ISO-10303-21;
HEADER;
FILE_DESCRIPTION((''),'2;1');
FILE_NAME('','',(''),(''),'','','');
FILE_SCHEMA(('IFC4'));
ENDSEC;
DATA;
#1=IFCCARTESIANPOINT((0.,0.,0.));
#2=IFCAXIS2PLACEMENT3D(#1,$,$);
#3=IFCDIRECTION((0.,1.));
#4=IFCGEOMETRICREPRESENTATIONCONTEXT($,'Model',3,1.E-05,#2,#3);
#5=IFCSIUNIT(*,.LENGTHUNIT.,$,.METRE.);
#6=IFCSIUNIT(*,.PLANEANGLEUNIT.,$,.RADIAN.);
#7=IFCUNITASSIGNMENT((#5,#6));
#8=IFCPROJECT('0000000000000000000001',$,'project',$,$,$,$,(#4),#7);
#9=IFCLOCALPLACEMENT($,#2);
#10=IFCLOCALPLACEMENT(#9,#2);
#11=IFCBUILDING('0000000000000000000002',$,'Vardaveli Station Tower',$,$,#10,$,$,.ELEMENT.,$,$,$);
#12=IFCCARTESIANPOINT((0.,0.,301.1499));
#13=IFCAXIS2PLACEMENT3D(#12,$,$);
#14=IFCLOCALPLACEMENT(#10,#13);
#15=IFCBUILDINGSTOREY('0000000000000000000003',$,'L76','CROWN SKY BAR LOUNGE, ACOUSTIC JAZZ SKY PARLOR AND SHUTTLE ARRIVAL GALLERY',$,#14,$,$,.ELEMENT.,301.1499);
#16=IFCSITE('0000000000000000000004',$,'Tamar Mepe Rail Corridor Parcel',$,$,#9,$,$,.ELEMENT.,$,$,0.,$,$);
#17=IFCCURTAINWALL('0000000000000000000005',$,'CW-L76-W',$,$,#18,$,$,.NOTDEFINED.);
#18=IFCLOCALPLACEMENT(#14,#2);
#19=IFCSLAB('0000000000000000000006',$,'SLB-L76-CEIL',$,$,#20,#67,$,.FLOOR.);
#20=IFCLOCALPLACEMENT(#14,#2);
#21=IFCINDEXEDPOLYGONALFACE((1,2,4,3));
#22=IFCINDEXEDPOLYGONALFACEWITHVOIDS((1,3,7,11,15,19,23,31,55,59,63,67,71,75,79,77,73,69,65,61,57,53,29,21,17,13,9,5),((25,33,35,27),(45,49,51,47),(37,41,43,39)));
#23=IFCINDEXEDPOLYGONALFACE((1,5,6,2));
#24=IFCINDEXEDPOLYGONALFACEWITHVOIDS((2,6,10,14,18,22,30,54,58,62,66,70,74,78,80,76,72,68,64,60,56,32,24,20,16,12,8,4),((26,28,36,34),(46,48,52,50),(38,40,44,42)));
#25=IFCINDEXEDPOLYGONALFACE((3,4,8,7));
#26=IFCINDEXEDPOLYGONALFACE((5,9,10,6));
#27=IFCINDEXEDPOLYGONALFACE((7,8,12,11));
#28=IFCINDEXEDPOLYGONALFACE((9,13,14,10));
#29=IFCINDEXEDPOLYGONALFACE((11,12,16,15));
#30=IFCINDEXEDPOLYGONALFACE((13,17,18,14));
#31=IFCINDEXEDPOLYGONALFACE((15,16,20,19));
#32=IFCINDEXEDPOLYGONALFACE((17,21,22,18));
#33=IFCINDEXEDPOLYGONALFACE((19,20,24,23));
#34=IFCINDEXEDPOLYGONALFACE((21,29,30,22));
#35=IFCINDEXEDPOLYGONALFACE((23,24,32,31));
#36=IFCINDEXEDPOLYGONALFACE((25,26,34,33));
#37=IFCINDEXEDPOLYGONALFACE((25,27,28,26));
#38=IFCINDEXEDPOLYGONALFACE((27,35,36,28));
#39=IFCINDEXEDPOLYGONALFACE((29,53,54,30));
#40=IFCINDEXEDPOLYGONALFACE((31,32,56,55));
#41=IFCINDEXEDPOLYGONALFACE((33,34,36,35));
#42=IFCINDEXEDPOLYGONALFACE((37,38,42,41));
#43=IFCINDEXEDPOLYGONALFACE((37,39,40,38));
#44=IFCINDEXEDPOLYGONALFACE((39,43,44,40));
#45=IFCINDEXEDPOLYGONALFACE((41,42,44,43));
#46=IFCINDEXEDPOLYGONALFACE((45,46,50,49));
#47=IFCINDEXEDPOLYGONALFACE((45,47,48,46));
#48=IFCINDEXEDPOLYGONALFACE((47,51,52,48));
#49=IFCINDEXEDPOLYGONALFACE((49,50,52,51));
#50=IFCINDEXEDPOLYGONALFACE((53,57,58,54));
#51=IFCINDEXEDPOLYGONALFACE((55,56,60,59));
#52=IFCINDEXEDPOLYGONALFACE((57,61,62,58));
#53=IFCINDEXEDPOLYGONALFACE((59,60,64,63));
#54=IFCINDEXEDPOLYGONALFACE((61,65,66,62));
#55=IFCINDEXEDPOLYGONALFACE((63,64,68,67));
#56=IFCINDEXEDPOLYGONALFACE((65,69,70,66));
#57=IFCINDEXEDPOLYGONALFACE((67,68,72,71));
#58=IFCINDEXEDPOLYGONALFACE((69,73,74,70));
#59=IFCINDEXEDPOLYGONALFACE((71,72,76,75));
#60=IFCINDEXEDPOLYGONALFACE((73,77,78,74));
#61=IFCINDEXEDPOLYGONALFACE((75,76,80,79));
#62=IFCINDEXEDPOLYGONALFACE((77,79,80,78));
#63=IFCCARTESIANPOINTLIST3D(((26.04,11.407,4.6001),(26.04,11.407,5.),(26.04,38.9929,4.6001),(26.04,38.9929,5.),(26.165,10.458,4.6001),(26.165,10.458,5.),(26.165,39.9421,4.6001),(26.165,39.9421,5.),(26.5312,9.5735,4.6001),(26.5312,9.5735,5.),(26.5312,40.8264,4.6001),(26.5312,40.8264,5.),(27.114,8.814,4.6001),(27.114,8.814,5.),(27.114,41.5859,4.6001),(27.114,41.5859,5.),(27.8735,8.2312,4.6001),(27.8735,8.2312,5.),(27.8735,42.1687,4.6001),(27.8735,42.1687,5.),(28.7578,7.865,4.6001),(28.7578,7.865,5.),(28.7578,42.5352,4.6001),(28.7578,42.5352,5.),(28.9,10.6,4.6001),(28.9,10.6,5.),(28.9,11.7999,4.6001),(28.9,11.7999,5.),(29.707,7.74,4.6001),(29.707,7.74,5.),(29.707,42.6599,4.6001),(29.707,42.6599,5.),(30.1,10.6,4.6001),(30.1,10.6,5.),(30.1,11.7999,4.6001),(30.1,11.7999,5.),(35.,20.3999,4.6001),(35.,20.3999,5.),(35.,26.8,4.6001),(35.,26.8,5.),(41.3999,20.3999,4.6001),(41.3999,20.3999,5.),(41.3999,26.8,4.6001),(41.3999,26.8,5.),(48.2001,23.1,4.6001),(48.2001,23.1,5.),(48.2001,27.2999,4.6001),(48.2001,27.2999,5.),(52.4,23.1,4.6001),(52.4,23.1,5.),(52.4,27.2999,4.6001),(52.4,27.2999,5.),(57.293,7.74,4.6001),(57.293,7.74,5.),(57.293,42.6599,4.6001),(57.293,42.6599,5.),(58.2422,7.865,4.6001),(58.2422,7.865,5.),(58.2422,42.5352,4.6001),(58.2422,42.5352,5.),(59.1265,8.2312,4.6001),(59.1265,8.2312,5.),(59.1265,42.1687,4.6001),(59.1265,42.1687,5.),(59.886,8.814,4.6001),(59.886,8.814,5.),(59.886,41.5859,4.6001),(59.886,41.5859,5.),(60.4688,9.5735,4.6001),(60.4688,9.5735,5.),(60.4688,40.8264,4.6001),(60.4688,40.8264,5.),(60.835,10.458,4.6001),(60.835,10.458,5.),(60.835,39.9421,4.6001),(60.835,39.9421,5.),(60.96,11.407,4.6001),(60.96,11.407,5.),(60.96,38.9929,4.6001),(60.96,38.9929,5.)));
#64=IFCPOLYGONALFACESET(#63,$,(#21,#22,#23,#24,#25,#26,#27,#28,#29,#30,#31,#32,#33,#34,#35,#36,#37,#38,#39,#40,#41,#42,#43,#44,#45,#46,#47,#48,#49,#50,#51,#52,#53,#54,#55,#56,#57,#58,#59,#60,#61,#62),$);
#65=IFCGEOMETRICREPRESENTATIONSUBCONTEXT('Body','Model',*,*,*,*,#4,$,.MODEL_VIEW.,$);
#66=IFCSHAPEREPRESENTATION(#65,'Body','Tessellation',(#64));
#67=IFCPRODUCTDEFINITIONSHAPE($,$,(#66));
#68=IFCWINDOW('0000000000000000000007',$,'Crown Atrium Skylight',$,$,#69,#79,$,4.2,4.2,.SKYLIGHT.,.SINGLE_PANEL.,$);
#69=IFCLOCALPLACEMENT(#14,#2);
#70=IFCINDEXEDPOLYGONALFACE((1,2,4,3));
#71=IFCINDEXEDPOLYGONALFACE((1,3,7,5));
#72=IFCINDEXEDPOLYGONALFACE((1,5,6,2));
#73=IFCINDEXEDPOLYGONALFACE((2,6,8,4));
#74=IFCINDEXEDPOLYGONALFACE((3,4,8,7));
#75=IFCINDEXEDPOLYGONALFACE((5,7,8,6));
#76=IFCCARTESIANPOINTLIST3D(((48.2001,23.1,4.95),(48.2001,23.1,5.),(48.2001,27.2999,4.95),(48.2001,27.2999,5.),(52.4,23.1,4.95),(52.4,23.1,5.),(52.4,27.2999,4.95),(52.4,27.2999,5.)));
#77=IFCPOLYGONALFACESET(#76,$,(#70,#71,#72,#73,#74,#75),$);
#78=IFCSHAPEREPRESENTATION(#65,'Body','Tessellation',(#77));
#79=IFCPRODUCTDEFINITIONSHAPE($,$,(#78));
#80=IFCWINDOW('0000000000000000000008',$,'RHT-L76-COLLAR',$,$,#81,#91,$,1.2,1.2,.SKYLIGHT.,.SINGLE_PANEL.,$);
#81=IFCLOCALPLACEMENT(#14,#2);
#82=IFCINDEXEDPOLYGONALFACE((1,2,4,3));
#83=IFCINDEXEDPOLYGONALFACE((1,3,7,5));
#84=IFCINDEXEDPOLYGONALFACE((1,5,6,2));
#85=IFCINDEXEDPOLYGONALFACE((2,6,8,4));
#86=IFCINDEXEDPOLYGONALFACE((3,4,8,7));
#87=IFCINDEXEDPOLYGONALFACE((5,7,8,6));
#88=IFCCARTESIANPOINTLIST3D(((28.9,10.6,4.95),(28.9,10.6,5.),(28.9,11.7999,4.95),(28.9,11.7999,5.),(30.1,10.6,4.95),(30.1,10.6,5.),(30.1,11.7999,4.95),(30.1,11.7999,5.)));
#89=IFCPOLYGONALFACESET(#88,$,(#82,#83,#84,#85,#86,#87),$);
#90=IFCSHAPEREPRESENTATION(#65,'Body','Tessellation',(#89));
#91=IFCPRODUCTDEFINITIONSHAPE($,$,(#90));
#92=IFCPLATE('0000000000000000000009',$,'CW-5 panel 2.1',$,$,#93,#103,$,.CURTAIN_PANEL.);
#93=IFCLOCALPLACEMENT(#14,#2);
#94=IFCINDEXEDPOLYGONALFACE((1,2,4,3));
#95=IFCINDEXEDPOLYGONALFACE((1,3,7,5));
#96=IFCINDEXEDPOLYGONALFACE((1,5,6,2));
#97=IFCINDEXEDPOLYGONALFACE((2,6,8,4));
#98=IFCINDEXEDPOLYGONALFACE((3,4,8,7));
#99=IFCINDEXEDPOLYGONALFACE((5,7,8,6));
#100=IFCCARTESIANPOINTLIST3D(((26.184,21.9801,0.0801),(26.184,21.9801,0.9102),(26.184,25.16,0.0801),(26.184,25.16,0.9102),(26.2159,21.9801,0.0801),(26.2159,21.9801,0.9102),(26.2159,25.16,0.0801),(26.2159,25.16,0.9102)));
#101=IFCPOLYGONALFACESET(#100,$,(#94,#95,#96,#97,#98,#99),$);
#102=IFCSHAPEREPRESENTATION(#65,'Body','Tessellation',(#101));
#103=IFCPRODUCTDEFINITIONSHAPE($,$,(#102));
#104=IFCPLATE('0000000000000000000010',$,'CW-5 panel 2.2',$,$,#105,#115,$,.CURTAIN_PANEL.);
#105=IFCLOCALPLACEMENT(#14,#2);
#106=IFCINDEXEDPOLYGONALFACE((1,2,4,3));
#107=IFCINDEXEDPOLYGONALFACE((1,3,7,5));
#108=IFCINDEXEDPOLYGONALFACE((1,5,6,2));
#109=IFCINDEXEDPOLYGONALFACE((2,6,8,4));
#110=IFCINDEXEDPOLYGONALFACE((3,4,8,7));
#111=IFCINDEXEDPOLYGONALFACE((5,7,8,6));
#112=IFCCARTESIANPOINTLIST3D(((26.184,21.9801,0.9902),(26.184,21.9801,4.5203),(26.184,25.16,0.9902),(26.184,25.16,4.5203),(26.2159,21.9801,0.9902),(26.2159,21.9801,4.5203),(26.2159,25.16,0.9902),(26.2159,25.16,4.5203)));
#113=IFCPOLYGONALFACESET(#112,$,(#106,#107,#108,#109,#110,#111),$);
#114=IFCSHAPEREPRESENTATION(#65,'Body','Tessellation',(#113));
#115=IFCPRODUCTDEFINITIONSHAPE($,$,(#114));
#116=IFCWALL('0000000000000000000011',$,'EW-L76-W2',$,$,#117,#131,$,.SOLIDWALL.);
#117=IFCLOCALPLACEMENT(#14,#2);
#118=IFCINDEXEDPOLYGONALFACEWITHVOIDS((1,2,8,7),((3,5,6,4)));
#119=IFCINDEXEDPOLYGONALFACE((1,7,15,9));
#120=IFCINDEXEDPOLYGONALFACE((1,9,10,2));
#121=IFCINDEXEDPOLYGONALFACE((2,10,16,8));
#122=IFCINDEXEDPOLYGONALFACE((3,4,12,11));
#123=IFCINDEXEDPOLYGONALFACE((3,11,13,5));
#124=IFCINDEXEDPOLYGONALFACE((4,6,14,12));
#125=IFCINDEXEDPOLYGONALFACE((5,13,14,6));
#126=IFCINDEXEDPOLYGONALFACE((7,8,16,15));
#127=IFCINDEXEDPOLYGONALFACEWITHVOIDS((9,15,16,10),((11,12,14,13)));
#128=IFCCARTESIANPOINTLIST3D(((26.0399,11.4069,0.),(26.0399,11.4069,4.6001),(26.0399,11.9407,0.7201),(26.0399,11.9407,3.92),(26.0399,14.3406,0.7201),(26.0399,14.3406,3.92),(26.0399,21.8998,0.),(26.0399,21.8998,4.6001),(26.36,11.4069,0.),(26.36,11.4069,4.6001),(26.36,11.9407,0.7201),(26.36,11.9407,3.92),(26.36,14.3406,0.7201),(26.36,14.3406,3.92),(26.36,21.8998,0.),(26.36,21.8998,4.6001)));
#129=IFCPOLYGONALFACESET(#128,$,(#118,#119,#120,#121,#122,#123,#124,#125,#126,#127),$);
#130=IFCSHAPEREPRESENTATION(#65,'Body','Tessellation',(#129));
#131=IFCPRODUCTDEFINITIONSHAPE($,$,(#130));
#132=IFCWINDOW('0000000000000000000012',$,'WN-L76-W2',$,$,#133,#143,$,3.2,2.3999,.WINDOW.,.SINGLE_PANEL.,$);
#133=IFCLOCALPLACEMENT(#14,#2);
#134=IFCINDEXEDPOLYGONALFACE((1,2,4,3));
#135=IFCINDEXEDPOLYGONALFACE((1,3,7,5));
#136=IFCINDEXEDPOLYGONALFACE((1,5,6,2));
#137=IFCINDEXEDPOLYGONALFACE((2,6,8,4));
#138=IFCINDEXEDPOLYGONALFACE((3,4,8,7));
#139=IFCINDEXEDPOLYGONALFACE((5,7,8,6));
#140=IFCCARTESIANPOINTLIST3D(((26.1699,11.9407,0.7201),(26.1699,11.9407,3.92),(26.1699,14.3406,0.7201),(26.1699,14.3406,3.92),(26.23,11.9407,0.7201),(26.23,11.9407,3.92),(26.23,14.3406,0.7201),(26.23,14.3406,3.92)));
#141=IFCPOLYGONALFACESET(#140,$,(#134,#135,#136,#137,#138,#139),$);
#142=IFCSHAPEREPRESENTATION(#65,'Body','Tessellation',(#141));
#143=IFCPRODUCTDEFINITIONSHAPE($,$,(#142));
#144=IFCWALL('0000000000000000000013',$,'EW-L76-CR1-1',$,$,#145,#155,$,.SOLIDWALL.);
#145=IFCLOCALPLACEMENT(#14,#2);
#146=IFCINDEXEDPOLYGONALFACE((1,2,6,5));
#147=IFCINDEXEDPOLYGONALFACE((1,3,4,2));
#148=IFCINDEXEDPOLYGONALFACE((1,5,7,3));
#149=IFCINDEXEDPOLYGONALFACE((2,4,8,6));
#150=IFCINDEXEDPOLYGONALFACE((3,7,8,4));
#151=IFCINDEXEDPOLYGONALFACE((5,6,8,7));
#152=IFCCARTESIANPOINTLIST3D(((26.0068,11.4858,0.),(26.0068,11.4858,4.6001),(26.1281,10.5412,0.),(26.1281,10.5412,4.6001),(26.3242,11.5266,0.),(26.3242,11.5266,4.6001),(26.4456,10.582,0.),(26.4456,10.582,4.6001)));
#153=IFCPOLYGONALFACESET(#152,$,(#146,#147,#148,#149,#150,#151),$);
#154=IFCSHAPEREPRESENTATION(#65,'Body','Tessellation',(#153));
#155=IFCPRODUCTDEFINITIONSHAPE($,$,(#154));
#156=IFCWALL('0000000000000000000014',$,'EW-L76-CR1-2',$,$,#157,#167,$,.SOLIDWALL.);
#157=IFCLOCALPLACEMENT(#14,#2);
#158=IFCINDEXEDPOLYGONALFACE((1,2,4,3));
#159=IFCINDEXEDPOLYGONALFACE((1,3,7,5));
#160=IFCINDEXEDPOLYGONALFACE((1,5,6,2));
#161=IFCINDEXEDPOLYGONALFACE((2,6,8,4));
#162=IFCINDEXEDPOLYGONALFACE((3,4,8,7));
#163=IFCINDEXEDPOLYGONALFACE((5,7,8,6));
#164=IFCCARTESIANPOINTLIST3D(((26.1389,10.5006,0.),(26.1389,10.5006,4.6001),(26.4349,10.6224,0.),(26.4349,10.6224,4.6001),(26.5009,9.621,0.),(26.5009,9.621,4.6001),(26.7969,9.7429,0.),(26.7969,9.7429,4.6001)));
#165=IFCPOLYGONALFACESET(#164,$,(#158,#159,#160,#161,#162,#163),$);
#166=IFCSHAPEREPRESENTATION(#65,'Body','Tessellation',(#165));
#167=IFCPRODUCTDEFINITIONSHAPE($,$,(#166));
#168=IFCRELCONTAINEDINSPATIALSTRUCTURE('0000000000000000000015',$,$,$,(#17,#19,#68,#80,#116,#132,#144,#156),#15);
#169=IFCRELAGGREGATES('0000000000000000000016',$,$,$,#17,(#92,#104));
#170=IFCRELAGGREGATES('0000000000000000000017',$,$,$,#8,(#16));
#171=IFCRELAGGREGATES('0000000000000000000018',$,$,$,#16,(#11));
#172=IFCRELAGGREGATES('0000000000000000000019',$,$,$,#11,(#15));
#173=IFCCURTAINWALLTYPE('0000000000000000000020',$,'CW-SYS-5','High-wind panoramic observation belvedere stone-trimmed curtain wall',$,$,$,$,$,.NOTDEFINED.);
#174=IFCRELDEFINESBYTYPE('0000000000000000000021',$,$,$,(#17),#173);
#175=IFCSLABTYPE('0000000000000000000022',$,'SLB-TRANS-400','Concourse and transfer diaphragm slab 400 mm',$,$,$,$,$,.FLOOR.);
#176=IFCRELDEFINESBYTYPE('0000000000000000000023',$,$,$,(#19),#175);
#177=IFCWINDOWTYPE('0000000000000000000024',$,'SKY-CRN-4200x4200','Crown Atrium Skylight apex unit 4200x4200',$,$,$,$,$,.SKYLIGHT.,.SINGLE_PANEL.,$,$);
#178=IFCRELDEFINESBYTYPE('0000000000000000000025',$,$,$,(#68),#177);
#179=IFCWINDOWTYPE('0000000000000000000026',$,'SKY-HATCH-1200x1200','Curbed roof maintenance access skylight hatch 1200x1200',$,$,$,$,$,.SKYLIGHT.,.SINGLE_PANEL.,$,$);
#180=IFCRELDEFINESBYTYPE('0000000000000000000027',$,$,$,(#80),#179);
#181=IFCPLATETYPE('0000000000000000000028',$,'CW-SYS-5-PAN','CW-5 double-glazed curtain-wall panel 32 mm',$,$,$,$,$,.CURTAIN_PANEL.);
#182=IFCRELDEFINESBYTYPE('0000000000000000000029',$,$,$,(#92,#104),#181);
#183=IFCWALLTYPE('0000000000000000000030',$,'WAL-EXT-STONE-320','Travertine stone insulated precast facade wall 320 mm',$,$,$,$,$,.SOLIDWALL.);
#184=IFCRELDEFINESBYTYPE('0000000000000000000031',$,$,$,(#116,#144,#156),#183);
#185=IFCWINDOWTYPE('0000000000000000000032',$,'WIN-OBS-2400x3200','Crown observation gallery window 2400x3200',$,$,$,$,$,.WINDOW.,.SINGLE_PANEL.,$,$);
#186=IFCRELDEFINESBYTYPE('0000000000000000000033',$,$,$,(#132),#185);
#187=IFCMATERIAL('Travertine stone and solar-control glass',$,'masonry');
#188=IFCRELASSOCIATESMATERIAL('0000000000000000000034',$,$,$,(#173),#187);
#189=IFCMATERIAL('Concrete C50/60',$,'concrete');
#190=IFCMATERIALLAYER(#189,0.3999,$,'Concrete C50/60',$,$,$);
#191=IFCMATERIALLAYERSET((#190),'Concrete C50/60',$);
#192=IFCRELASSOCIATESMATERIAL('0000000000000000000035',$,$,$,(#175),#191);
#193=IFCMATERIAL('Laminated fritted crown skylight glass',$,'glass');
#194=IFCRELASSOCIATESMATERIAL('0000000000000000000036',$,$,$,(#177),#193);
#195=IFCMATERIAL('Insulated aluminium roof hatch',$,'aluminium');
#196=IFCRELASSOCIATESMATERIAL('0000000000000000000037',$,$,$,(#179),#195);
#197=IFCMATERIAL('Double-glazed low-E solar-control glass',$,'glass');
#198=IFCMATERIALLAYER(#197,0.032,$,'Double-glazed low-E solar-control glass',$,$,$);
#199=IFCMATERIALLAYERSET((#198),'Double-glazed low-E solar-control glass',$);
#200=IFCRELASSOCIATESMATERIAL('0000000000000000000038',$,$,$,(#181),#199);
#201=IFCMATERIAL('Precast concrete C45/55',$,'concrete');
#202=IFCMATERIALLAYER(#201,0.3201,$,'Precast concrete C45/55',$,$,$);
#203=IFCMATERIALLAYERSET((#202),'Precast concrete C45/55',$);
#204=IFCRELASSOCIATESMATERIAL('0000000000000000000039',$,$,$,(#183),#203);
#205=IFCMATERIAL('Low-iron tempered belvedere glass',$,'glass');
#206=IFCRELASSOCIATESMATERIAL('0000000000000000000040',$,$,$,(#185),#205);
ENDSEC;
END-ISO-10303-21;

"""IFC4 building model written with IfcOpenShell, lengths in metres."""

from ifc_helpers import new_model, si_unit, direction, frame, frame_2d, origin, origin_2d, place, context, subcontext, project, spatial, polyline, rectangle, outline, extrude, source, transform, mapped, material, layer, layer_set, type_object, element, fill, aggregate, save


model = new_model("IFC4")

# Units and contexts
model_context = context("Model", 3, precision=1e-05, world=origin(), true_north=direction((0.0, 1.0)))
body_context = subcontext(model_context, "Body", "Model", "MODEL_VIEW")
ifc_project = project(units=[si_unit("LENGTHUNIT", "METRE"), si_unit("PLANEANGLEUNIT", "RADIAN")], contexts=[model_context])

# Site, building, storey
site_placement = place(None, origin())
site = spatial("IfcSite", under=ifc_project, at=site_placement, Name="Tamar Mepe Rail Corridor Parcel", CompositionType="ELEMENT", RefElevation=0.0)
building_placement = place(site_placement, origin())
building = spatial("IfcBuilding", under=site, at=building_placement, Name="Vardaveli Station Tower", CompositionType="ELEMENT")
storey_placement = place(building_placement, frame((0.0, 0.0, 301.1499)))
storey = spatial("IfcBuildingStorey", under=building, at=storey_placement, Name="L76", Description="CROWN SKY BAR LOUNGE, ACOUSTIC JAZZ SKY PARLOR AND SHUTTLE ARRIVAL GALLERY", CompositionType="ELEMENT", Elevation=301.1499)

# Curtain wall
ifc_material_1 = material(Name="Travertine stone and solar-control glass", Category="masonry")
curtain_wall_type = type_object("IfcCurtainWallType", Name="CW-SYS-5", Description="High-wind panoramic observation belvedere stone-trimmed curtain wall", PredefinedType="NOTDEFINED", material=ifc_material_1)
curtain_wall_placement = place(storey_placement, origin())
curtain_wall = element("IfcCurtainWall", 1, at=curtain_wall_placement, inside=storey, type_object=curtain_wall_type, Name="CW-L76-W", PredefinedType="NOTDEFINED")

# Shared definitions
ifc_material_2 = material(Name="Precast concrete C45/55", Category="concrete")
ifc_material_3 = material(Name="Concrete C50/60", Category="concrete")

# Slab, openings, windows
ifc_layer_1 = layer(ifc_material_3, 0.3999, Name="Concrete C50/60")
ifc_layer_set_1 = layer_set([ifc_layer_1], Name="Concrete C50/60")
slab_type_1 = type_object("IfcSlabType", Name="SLB-TRANS-400", Description="Concourse and transfer diaphragm slab 400 mm", PredefinedType="FLOOR", material=ifc_layer_set_1)
slab_1_placement = place(storey_placement, frame((0.0, 0.0, 4.6001)))
slab_1 = element("IfcSlab", 2, at=slab_1_placement, inside=storey, type_object=slab_type_1, Name="SLB-L76-CEIL", PredefinedType="FLOOR", context=body_context, shape_type="SweptSolid", body=[
    extrude(outline(polyline([(26.04, 11.407), (26.165, 10.458), (26.5312, 9.5735), (27.114, 8.814), (27.8735, 8.2312), (28.7578, 7.865), (29.707, 7.74), (57.293, 7.74), (58.2422, 7.865), (59.1265, 8.2312), (59.886, 8.814), (60.4688, 9.5735), (60.835, 10.458), (60.96, 11.407), (60.96, 38.9929), (60.835, 39.9421), (60.4688, 40.8264), (59.886, 41.5859), (59.1265, 42.1687), (58.2422, 42.5352), (57.293, 42.6599), (29.707, 42.6599), (28.7578, 42.5352), (27.8735, 42.1687), (27.114, 41.5859), (26.5312, 40.8264), (26.165, 39.9421), (26.04, 38.9929), (26.04, 11.407)]), holes=[polyline([(35.0, 20.3999), (41.3999, 20.3999), (41.3999, 26.8), (35.0, 26.8), (35.0, 20.3999)])]), origin(), (0.0, 0.0, 1.0), 0.3999),
])
opening_1_placement = place(slab_1_placement, frame((50.3, 25.2, -0.01)))
opening_1 = element("IfcOpeningElement", 3, at=opening_1_placement, cuts=slab_1, PredefinedType="OPENING", context=body_context, shape_type="SweptSolid", body=[
    extrude(rectangle(XDim=4.2, YDim=4.2, at=origin_2d()), origin(), (0.0, 0.0, 1.0), 0.4199),
])
opening_2_placement = place(slab_1_placement, frame((29.5, 11.2, -0.01)))
opening_2 = element("IfcOpeningElement", 4, at=opening_2_placement, cuts=slab_1, PredefinedType="OPENING", context=body_context, shape_type="SweptSolid", body=[
    extrude(rectangle(XDim=1.2, YDim=1.2, at=origin_2d()), origin(), (0.0, 0.0, 1.0), 0.4199),
])
ifc_material_4 = material(Name="Laminated fritted crown skylight glass", Category="glass")
window_type_1 = type_object("IfcWindowType", Name="SKY-CRN-4200x4200", Description="Crown Atrium Skylight apex unit 4200x4200", PartitioningType="SINGLE_PANEL", PredefinedType="SKYLIGHT", material=ifc_material_4)
window_1_placement = place(slab_1_placement, frame((50.3, 25.2, 0.3499)))
window_1 = element("IfcWindow", 5, at=window_1_placement, inside=storey, type_object=window_type_1, Name="Crown Atrium Skylight", OverallHeight=4.2, OverallWidth=4.2, PartitioningType="SINGLE_PANEL", PredefinedType="SKYLIGHT", context=body_context, shape_type="SweptSolid", body=[
    extrude(rectangle(XDim=4.2, YDim=4.2, at=origin_2d()), origin(), (0.0, 0.0, 1.0), 0.05),
])
fill(opening_1, window_1)
ifc_material_5 = material(Name="Insulated aluminium roof hatch", Category="aluminium")
window_type_2 = type_object("IfcWindowType", Name="SKY-HATCH-1200x1200", Description="Curbed roof maintenance access skylight hatch 1200x1200", PartitioningType="SINGLE_PANEL", PredefinedType="SKYLIGHT", material=ifc_material_5)
window_2_placement = place(slab_1_placement, frame((29.5, 11.2, 0.3499)))
window_2 = element("IfcWindow", 6, at=window_2_placement, inside=storey, type_object=window_type_2, Name="RHT-L76-COLLAR", OverallHeight=1.2, OverallWidth=1.2, PartitioningType="SINGLE_PANEL", PredefinedType="SKYLIGHT", context=body_context, shape_type="SweptSolid", body=[
    extrude(rectangle(XDim=1.2, YDim=1.2, at=origin_2d()), origin(), (0.0, 0.0, 1.0), 0.05),
])
fill(opening_2, window_2)

# Plates
ifc_material_6 = material(Name="Double-glazed low-E solar-control glass", Category="glass")
ifc_layer_2 = layer(ifc_material_6, 0.032, Name="Double-glazed low-E solar-control glass")
ifc_layer_set_2 = layer_set([ifc_layer_2], Name="Double-glazed low-E solar-control glass")
plate_type = type_object("IfcPlateType", Name="CW-SYS-5-PAN", Description="CW-5 double-glazed curtain-wall panel 32 mm", PredefinedType="CURTAIN_PANEL", material=ifc_layer_set_2)
shared_shape_1 = source(origin(), body_context, "Body", "SweptSolid", [
    extrude(rectangle(XDim=3.1799, YDim=0.032, at=origin_2d()), origin(), (0.0, 0.0, 1.0), 0.8301),
])
plate_1_placement = place(storey_placement, frame((26.2, 23.5701, 0.0801), z_axis=(0.0, 0.0, 1.0), x_axis=(0.0, -1.0, 0.0)))
plate_1 = element("IfcPlate", 7, at=plate_1_placement, type_object=plate_type, Name="CW-5 panel 2.1", PredefinedType="CURTAIN_PANEL", context=body_context, shape_type="MappedRepresentation", body=[
    mapped(shared_shape_1, transform((0.0, 0.0, 0.0), scale=1.0)),
])
shared_shape_2 = source(origin(), body_context, "Body", "SweptSolid", [
    extrude(rectangle(XDim=3.1799, YDim=0.032, at=origin_2d()), origin(), (0.0, 0.0, 1.0), 3.53),
])
plate_2_placement = place(storey_placement, frame((26.2, 23.5701, 0.9902), z_axis=(0.0, 0.0, 1.0), x_axis=(0.0, -1.0, 0.0)))
plate_2 = element("IfcPlate", 8, at=plate_2_placement, type_object=plate_type, Name="CW-5 panel 2.2", PredefinedType="CURTAIN_PANEL", context=body_context, shape_type="MappedRepresentation", body=[
    mapped(shared_shape_2, transform((0.0, 0.0, 0.0), scale=1.0)),
])
aggregate(curtain_wall, [plate_1, plate_2])

# Wall, opening, window
ifc_layer_3 = layer(ifc_material_2, 0.3201, Name="Precast concrete C45/55")
ifc_layer_set_3 = layer_set([ifc_layer_3], Name="Precast concrete C45/55")
wall_type_1 = type_object("IfcWallType", Name="WAL-EXT-STONE-320", Description="Travertine stone insulated precast facade wall 320 mm", PredefinedType="SOLIDWALL", material=ifc_layer_set_3)
shared_shape_3 = source(origin(), body_context, "Body", "SweptSolid", [
    extrude(rectangle(XDim=10.4929, YDim=0.3201, at=frame_2d((5.2466, 0.0))), origin(), (0.0, 0.0, 1.0), 4.6001),
])
wall_1_placement = place(storey_placement, frame((26.2, 21.8999, 0.0), z_axis=(0.0, 0.0, 1.0), x_axis=(0.0, -1.0, 0.0)))
wall_1 = element("IfcWall", 9, at=wall_1_placement, inside=storey, type_object=wall_type_1, Name="EW-L76-W2", PredefinedType="SOLIDWALL", context=body_context, shape_type="MappedRepresentation", body=[
    mapped(shared_shape_3, transform((0.0, 0.0, 0.0), scale=1.0)),
])
shared_shape_4 = source(origin(), body_context, "Body", "SweptSolid", [
    extrude(rectangle(XDim=2.3999, YDim=3.2, at=frame_2d((1.2, 1.6001))), frame((0.0, 0.1699, 0.0), z_axis=(0.0, -1.0, 0.0), x_axis=(1.0, 0.0, 0.0)), (0.0, 0.0, 1.0), 0.3401),
])
opening_3_placement = place(wall_1_placement, frame((7.5593, 0.0, 0.72)))
opening_3 = element("IfcOpeningElement", 10, at=opening_3_placement, cuts=wall_1, PredefinedType="OPENING", context=body_context, shape_type="MappedRepresentation", body=[
    mapped(shared_shape_4, transform((0.0, 0.0, 0.0), scale=1.0)),
])
ifc_material_7 = material(Name="Low-iron tempered belvedere glass", Category="glass")
window_type_3 = type_object("IfcWindowType", Name="WIN-OBS-2400x3200", Description="Crown observation gallery window 2400x3200", PartitioningType="SINGLE_PANEL", PredefinedType="WINDOW", material=ifc_material_7)
shared_shape_5 = source(origin(), body_context, "Body", "SweptSolid", [
    extrude(rectangle(XDim=2.3999, YDim=3.2, at=frame_2d((1.2, 1.6001))), frame((0.0, 0.03, 0.0), z_axis=(0.0, -1.0, 0.0), x_axis=(1.0, 0.0, 0.0)), (0.0, 0.0, 1.0), 0.0601),
])
window_3_placement = place(opening_3_placement, origin())
window_3 = element("IfcWindow", 11, at=window_3_placement, inside=storey, type_object=window_type_3, Name="WN-L76-W2", OverallHeight=3.2, OverallWidth=2.3999, PartitioningType="SINGLE_PANEL", PredefinedType="WINDOW", context=body_context, shape_type="MappedRepresentation", body=[
    mapped(shared_shape_5, transform((0.0, 0.0, 0.0), scale=1.0)),
])
fill(opening_3, window_3)

# Walls
shared_shape_6 = source(origin(), body_context, "Body", "SweptSolid", [
    extrude(rectangle(XDim=0.9524, YDim=0.3201, at=frame_2d((0.4761, 0.0))), origin(), (0.0, 0.0, 1.0), 4.6001),
])
wall_2_placement = place(storey_placement, frame((26.1655, 11.5061, 0.0), z_axis=(0.0, 0.0, 1.0), x_axis=(0.12741, -0.99185, 0.0)))
element("IfcWall", 12, at=wall_2_placement, inside=storey, type_object=wall_type_1, Name="EW-L76-CR1-1", PredefinedType="SOLIDWALL", context=body_context, shape_type="MappedRepresentation", body=[
    mapped(shared_shape_6, transform((0.0, 0.0, 0.0), scale=1.0)),
])
shared_shape_7 = source(origin(), body_context, "Body", "SweptSolid", [
    extrude(rectangle(XDim=0.9512, YDim=0.3201, at=frame_2d((0.4756, 0.0))), origin(), (0.0, 0.0, 1.0), 4.6001),
])
wall_3_placement = place(storey_placement, frame((26.2869, 10.5615, 0.0), z_axis=(0.0, 0.0, 1.0), x_axis=(0.380621, -0.924731, 0.0)))
element("IfcWall", 13, at=wall_3_placement, inside=storey, type_object=wall_type_1, Name="EW-L76-CR1-2", PredefinedType="SOLIDWALL", context=body_context, shape_type="MappedRepresentation", body=[
    mapped(shared_shape_7, transform((0.0, 0.0, 0.0), scale=1.0)),
])

save(model, "model.ifc")
